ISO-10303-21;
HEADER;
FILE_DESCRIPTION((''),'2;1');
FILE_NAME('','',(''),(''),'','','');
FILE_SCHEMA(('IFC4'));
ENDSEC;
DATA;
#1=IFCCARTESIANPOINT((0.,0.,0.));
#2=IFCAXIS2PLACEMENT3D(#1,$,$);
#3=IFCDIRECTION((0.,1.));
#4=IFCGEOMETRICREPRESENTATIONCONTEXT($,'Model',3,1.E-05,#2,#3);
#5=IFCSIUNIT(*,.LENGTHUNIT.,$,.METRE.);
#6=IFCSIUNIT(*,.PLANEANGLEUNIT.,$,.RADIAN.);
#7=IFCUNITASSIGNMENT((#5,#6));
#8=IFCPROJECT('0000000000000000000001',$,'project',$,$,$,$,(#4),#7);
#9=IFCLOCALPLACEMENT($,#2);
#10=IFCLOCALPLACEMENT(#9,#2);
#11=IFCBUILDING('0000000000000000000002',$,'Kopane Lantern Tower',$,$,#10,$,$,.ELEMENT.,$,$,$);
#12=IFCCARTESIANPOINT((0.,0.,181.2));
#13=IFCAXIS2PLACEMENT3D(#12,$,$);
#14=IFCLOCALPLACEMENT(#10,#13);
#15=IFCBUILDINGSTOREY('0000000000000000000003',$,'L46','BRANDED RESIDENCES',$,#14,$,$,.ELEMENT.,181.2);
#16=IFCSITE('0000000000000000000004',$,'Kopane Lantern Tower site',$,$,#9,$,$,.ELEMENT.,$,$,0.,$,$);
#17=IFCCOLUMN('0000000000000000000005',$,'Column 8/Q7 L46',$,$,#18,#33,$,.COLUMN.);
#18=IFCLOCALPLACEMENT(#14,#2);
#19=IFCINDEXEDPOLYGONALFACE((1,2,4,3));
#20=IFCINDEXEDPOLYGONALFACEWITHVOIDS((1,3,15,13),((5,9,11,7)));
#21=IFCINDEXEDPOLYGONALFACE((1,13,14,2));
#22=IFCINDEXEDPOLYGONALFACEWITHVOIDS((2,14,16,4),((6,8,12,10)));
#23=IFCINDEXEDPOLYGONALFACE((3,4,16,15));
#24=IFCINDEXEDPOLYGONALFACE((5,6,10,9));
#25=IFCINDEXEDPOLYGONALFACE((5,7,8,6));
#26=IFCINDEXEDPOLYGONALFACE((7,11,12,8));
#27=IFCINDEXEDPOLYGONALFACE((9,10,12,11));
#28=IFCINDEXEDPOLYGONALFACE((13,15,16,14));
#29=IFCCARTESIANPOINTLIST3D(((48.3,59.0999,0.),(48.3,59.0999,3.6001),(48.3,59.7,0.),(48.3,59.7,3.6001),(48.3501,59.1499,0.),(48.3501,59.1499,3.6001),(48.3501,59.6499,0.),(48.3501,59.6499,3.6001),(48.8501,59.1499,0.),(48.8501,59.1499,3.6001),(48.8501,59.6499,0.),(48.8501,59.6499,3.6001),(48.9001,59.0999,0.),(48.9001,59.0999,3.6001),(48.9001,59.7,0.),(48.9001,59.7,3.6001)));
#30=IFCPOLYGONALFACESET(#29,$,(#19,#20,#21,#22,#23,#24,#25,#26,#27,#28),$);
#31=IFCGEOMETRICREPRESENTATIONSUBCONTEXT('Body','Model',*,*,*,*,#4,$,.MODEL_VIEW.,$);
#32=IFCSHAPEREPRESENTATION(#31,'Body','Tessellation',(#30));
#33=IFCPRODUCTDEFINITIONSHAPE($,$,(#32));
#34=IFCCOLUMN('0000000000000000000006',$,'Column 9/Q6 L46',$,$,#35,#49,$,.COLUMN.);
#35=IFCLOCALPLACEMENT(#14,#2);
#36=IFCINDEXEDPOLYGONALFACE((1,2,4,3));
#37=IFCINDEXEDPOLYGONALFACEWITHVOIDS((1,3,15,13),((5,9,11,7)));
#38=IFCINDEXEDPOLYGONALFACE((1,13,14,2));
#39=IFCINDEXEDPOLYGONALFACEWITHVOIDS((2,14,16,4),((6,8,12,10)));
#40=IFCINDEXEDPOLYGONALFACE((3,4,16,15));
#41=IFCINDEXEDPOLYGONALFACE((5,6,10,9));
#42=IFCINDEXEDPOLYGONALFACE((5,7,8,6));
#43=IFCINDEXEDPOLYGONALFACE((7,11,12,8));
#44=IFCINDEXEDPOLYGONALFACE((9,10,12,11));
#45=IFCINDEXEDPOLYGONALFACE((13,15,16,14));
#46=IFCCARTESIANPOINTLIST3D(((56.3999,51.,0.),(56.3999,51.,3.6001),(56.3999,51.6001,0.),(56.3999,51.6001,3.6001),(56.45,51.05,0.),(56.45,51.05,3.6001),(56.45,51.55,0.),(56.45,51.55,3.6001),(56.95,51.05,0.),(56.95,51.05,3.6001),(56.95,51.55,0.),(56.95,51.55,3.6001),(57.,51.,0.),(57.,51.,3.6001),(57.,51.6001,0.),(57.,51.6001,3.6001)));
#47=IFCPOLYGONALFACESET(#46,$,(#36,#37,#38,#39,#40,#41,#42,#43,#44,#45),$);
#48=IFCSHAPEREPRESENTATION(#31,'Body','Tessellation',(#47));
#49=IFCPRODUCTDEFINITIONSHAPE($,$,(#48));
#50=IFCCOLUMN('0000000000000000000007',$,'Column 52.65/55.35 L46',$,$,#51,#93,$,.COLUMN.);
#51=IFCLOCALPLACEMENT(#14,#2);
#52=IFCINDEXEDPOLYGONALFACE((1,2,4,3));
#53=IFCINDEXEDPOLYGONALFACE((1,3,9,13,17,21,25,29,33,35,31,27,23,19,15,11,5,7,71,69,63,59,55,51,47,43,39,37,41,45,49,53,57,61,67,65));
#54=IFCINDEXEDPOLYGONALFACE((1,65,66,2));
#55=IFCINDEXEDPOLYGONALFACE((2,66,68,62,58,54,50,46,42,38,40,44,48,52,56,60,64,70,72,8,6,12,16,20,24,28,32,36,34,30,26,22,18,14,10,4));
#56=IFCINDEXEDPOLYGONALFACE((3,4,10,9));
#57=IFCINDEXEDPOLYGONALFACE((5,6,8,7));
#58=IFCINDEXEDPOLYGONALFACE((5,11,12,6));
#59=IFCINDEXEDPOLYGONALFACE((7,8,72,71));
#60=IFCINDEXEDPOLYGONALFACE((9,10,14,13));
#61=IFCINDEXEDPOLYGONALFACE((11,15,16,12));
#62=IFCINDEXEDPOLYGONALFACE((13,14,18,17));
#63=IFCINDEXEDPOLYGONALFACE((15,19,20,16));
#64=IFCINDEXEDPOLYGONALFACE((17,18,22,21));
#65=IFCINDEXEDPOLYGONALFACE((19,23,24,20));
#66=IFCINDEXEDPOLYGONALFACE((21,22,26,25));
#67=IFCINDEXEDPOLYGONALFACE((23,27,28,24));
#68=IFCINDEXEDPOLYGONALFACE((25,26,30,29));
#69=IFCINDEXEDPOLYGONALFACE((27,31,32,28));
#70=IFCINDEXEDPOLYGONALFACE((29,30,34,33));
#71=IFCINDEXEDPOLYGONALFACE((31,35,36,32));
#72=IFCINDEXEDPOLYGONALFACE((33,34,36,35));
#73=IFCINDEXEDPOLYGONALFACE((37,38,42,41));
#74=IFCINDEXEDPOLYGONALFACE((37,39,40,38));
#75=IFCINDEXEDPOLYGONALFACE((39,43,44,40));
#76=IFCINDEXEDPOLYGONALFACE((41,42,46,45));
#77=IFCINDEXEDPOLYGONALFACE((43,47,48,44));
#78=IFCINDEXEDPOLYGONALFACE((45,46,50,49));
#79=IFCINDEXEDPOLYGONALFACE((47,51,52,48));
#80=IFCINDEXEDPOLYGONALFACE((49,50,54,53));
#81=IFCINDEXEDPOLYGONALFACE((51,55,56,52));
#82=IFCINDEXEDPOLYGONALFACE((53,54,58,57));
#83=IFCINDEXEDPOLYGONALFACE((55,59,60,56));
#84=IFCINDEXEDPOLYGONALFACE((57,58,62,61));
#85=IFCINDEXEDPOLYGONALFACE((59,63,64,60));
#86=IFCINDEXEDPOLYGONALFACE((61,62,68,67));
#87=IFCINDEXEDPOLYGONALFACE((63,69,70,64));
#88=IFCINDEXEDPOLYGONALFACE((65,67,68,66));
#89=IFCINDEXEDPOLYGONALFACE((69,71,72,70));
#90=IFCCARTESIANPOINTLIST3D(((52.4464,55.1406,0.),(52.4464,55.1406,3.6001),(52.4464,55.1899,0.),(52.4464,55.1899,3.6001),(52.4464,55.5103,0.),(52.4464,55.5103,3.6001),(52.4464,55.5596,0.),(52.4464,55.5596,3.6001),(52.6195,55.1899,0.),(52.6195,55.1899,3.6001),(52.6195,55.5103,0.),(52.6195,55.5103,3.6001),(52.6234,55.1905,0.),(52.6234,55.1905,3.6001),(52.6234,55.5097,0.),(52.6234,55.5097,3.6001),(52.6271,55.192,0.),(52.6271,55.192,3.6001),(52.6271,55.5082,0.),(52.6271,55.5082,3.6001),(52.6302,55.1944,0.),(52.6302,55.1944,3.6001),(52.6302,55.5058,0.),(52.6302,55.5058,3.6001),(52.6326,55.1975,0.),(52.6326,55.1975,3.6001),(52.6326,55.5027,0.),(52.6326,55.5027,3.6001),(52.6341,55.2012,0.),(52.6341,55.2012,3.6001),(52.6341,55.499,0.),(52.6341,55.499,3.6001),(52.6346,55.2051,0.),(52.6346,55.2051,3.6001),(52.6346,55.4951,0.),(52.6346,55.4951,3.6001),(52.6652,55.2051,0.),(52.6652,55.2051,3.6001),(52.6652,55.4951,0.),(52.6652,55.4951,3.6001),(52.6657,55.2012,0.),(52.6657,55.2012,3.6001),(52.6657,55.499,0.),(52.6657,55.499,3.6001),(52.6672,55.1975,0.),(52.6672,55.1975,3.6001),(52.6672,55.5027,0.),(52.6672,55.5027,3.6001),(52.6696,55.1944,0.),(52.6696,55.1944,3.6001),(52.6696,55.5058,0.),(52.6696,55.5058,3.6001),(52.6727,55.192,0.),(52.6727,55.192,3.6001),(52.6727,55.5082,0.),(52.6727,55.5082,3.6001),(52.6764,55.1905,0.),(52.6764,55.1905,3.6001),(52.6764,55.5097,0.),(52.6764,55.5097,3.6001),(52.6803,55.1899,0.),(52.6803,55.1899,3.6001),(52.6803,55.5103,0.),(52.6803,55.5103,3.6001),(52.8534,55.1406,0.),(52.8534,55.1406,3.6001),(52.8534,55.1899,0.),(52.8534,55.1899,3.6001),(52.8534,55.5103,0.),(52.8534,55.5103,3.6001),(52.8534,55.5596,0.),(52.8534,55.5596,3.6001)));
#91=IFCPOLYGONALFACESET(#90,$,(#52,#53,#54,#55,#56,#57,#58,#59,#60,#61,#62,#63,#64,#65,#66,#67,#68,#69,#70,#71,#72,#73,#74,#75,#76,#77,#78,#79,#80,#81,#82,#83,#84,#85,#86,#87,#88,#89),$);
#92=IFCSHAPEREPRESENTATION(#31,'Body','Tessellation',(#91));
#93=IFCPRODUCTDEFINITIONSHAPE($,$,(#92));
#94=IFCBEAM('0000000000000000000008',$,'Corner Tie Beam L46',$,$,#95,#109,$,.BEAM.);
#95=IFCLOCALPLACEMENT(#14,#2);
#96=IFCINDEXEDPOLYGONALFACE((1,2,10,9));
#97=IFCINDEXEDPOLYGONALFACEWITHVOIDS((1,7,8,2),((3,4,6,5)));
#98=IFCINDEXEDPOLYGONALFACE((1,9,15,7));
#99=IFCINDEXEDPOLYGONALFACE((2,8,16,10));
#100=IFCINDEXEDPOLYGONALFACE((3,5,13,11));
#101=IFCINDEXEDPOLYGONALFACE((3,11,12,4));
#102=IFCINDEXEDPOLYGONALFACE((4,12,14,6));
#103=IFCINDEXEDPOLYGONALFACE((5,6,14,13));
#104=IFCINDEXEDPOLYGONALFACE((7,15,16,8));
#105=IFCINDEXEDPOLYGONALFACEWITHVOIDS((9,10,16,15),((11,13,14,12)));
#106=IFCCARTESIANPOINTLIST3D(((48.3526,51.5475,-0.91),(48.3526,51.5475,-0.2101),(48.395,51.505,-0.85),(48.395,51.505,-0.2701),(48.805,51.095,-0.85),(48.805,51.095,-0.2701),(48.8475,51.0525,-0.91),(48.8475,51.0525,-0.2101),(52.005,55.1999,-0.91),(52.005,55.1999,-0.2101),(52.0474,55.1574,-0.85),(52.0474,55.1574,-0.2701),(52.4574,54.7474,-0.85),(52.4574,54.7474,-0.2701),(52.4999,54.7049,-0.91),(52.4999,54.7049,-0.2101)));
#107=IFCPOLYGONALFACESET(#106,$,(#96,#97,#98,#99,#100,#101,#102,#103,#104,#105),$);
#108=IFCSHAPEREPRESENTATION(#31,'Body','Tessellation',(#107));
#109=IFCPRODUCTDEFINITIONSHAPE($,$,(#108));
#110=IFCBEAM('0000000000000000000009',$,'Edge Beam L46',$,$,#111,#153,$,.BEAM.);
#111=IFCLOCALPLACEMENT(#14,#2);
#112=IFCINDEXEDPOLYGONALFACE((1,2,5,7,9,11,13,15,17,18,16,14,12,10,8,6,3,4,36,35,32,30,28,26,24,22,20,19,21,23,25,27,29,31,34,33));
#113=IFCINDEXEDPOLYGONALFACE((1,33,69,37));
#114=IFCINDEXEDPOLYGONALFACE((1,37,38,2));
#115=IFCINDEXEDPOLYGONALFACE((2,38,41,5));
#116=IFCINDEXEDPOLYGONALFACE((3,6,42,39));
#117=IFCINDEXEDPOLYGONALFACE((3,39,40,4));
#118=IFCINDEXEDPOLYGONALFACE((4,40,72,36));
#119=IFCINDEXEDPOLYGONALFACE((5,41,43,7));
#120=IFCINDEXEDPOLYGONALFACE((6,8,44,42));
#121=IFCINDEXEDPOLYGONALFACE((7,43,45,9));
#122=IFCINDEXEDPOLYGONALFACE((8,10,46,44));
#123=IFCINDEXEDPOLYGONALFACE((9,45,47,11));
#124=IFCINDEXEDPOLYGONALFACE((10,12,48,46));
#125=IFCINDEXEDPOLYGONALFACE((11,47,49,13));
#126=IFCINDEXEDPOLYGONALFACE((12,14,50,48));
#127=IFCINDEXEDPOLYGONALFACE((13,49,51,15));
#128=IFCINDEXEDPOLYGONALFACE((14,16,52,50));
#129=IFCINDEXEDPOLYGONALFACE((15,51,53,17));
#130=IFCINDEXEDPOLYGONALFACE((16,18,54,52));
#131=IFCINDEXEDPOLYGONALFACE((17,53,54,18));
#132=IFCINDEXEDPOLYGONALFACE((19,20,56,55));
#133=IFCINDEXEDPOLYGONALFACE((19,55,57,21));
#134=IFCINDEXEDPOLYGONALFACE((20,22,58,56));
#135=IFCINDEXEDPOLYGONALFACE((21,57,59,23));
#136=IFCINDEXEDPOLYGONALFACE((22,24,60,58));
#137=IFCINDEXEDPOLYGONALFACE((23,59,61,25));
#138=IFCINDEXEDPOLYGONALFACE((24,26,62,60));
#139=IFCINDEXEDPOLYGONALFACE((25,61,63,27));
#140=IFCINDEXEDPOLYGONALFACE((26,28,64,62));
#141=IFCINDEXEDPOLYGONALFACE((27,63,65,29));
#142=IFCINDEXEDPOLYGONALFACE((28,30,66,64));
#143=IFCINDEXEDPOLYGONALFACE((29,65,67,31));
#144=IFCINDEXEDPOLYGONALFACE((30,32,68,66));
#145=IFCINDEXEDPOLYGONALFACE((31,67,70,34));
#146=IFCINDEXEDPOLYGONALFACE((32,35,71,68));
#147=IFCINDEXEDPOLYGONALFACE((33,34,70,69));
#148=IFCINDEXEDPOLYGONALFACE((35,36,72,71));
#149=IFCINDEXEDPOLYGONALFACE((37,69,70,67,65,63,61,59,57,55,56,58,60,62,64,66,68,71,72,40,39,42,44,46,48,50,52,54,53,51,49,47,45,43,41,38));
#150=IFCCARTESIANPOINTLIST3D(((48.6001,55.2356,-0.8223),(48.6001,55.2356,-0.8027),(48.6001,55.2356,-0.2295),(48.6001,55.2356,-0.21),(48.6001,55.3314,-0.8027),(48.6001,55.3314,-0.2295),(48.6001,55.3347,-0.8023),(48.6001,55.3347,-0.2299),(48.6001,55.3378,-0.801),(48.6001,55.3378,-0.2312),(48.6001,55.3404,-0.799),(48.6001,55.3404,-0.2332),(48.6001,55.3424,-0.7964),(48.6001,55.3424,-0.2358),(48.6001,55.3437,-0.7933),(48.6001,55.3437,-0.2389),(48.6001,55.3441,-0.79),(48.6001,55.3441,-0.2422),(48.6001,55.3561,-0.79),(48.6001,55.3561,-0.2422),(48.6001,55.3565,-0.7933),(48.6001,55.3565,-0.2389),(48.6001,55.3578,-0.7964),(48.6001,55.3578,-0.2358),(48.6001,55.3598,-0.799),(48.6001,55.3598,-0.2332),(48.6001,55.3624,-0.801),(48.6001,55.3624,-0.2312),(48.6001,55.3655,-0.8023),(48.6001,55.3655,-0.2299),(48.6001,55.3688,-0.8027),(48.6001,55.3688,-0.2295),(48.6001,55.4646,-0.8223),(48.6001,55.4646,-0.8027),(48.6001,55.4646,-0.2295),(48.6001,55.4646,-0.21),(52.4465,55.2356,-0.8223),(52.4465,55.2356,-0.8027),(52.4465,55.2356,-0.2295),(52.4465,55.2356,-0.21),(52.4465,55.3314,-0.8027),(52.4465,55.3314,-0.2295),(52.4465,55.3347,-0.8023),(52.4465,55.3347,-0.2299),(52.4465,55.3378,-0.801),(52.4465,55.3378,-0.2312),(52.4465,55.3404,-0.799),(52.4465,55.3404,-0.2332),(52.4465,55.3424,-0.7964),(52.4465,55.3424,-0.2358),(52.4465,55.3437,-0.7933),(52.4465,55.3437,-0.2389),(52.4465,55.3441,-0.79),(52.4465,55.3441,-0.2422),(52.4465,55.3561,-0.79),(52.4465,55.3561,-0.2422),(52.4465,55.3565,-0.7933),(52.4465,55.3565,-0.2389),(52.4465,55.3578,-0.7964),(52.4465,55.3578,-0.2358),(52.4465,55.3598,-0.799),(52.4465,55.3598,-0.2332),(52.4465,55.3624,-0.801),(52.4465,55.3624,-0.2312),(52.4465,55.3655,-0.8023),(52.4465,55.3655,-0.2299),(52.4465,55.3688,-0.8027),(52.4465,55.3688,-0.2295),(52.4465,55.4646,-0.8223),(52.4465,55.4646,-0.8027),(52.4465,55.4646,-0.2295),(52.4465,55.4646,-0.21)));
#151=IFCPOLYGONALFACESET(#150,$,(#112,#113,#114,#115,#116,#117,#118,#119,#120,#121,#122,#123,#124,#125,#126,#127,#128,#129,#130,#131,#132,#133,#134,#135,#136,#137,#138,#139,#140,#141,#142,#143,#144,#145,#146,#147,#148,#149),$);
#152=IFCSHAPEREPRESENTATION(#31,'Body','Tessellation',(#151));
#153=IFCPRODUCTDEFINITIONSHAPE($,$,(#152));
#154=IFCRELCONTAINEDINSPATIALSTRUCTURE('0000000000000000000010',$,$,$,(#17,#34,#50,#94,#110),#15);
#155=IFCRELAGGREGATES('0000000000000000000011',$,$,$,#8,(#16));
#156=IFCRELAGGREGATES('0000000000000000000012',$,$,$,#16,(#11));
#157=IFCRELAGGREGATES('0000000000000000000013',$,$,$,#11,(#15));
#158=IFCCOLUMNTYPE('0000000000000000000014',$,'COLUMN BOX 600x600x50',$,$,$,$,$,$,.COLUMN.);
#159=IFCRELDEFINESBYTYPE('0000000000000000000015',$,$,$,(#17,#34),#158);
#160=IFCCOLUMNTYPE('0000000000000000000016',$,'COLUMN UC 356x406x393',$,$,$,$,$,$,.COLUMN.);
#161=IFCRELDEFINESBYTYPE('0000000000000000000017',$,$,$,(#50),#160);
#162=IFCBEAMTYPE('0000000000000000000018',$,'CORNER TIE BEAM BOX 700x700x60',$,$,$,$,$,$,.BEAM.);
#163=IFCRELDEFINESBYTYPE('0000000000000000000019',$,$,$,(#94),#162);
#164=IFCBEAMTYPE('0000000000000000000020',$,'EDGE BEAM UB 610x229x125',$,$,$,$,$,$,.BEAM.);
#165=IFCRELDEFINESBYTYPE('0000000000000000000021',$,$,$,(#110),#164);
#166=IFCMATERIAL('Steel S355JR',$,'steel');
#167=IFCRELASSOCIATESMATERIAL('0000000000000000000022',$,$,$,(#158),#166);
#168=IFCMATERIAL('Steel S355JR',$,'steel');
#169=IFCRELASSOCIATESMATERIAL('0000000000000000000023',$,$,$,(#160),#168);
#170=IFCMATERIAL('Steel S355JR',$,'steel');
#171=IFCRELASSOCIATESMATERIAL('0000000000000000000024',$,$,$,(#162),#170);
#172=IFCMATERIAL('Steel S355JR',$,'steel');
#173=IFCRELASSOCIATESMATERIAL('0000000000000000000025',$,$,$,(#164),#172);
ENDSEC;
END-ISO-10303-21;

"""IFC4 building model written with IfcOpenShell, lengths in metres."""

from ifc_helpers import new_model, si_unit, direction, frame, origin, origin_2d, place, context, subcontext, project, spatial, hollow_rectangle, i_section, extrude, material, material_profile, profile_set, type_object, element, save


model = new_model("IFC4")

# Units and contexts
model_context = context("Model", 3, precision=1e-05, world=origin(), true_north=direction((0.0, 1.0)))
body_context = subcontext(model_context, "Body", "Model", "MODEL_VIEW")
ifc_project = project(units=[si_unit("LENGTHUNIT", "METRE"), si_unit("PLANEANGLEUNIT", "RADIAN")], contexts=[model_context])

# Site, building, storey
site_placement = place(None, origin())
site = spatial("IfcSite", under=ifc_project, at=site_placement, Name="Kopane Lantern Tower site", CompositionType="ELEMENT", RefElevation=0.0)
building_placement = place(site_placement, origin())
building = spatial("IfcBuilding", under=site, at=building_placement, Name="Kopane Lantern Tower", CompositionType="ELEMENT")
storey_placement = place(building_placement, frame((0.0, 0.0, 181.2)))
storey = spatial("IfcBuildingStorey", under=building, at=storey_placement, Name="L46", Description="BRANDED RESIDENCES", CompositionType="ELEMENT", Elevation=181.2)

# Columns
ifc_material_1 = material(Name="Steel S355JR", Category="steel")
ifc_material_profile_1 = material_profile(ifc_material_1, hollow_rectangle(XDim=0.6001, YDim=0.6001, WallThickness=0.05, at=origin_2d()), Name="BOX 600x600x50")
ifc_profile_set_1 = profile_set([ifc_material_profile_1], Name="Steel S355JR")
column_type_1 = type_object("IfcColumnType", Name="COLUMN BOX 600x600x50", PredefinedType="COLUMN", material=ifc_profile_set_1)
for number, where, z_axis, x_axis, name in (
    (1, (48.6001, 59.3999, 0.0), (0.0, 0.0, 1.0), (1.0, 0.0, 0.0), "Column 8/Q7 L46"),
    (2, (56.7, 51.3, 0.0), (0.0, 0.0, 1.0), (1.0, 0.0, 0.0), "Column 9/Q6 L46"),
):
    element("IfcColumn", number, at=place(storey_placement, frame(where, z_axis=z_axis, x_axis=x_axis)), inside=storey, type_object=column_type_1, Name=name, PredefinedType="COLUMN", context=body_context, shape_type="SweptSolid", body=[
        extrude(hollow_rectangle(XDim=0.6001, YDim=0.6001, WallThickness=0.05, at=origin_2d()), origin(), (0.0, 0.0, 1.0), 3.6001),
    ])
ifc_material_2 = material(Name="Steel S355JR", Category="steel")
ifc_material_profile_2 = material_profile(ifc_material_2, i_section(OverallWidth=0.407, OverallDepth=0.4189, WebThickness=0.0305, FlangeThickness=0.0493, FilletRadius=0.0151, at=origin_2d()), Name="UC 356x406x393")
ifc_profile_set_2 = profile_set([ifc_material_profile_2], Name="Steel S355JR")
column_type_2 = type_object("IfcColumnType", Name="COLUMN UC 356x406x393", PredefinedType="COLUMN", material=ifc_profile_set_2)
column_placement = place(storey_placement, frame((52.6499, 55.3501, 0.0), z_axis=(0.0, 0.0, 1.0), x_axis=(1.0, 0.0, 0.0)))
element("IfcColumn", 3, at=column_placement, inside=storey, type_object=column_type_2, Name="Column 52.65/55.35 L46", PredefinedType="COLUMN", context=body_context, shape_type="SweptSolid", body=[
    extrude(i_section(OverallWidth=0.407, OverallDepth=0.4189, WebThickness=0.0305, FlangeThickness=0.0493, FilletRadius=0.0151, at=origin_2d()), origin(), (0.0, 0.0, 1.0), 3.6001),
])

# Beams
ifc_material_3 = material(Name="Steel S355JR", Category="steel")
ifc_material_profile_3 = material_profile(ifc_material_3, hollow_rectangle(XDim=0.7, YDim=0.7, WallThickness=0.0601, at=origin_2d()), Name="BOX 700x700x60")
ifc_profile_set_3 = profile_set([ifc_material_profile_3], Name="Steel S355JR")
beam_type_1 = type_object("IfcBeamType", Name="CORNER TIE BEAM BOX 700x700x60", PredefinedType="BEAM", material=ifc_profile_set_3)
beam_placement = place(storey_placement, frame((52.2524, 54.9524, -0.5601), z_axis=(-0.707107, -0.707107, 0.0), x_axis=(0.707107, -0.707107, 0.0)))
element("IfcBeam", 4, at=beam_placement, inside=storey, type_object=beam_type_1, Name="Corner Tie Beam L46", PredefinedType="BEAM", context=body_context, shape_type="SweptSolid", body=[
    extrude(hollow_rectangle(XDim=0.7, YDim=0.7, WallThickness=0.0601, at=origin_2d()), origin(), (0.0, 0.0, 1.0), 5.1653),
])
ifc_material_4 = material(Name="Steel S355JR", Category="steel")
ifc_material_profile_4 = material_profile(ifc_material_4, i_section(OverallWidth=0.229, OverallDepth=0.6123, WebThickness=0.012, FlangeThickness=0.0195, FilletRadius=0.0127, at=origin_2d()), Name="UB 610x229x125")
ifc_profile_set_4 = profile_set([ifc_material_profile_4], Name="Steel S355JR")
beam_type_2 = type_object("IfcBeamType", Name="EDGE BEAM UB 610x229x125", PredefinedType="BEAM", material=ifc_profile_set_4)
for number, where, z_axis, x_axis, name in (
    (5, (52.4465, 55.3501, -0.5161), (-1.0, 0.0, 0.0), (0.0, -1.0, 0.0), "Edge Beam L46"),
):
    element("IfcBeam", number, at=place(storey_placement, frame(where, z_axis=z_axis, x_axis=x_axis)), inside=storey, type_object=beam_type_2, Name=name, PredefinedType="BEAM", context=body_context, shape_type="SweptSolid", body=[
        extrude(i_section(OverallWidth=0.229, OverallDepth=0.6123, WebThickness=0.012, FlangeThickness=0.0195, FilletRadius=0.0127, at=origin_2d()), origin(), (0.0, 0.0, 1.0), 3.8464),
    ])

save(model, "model.ifc")
